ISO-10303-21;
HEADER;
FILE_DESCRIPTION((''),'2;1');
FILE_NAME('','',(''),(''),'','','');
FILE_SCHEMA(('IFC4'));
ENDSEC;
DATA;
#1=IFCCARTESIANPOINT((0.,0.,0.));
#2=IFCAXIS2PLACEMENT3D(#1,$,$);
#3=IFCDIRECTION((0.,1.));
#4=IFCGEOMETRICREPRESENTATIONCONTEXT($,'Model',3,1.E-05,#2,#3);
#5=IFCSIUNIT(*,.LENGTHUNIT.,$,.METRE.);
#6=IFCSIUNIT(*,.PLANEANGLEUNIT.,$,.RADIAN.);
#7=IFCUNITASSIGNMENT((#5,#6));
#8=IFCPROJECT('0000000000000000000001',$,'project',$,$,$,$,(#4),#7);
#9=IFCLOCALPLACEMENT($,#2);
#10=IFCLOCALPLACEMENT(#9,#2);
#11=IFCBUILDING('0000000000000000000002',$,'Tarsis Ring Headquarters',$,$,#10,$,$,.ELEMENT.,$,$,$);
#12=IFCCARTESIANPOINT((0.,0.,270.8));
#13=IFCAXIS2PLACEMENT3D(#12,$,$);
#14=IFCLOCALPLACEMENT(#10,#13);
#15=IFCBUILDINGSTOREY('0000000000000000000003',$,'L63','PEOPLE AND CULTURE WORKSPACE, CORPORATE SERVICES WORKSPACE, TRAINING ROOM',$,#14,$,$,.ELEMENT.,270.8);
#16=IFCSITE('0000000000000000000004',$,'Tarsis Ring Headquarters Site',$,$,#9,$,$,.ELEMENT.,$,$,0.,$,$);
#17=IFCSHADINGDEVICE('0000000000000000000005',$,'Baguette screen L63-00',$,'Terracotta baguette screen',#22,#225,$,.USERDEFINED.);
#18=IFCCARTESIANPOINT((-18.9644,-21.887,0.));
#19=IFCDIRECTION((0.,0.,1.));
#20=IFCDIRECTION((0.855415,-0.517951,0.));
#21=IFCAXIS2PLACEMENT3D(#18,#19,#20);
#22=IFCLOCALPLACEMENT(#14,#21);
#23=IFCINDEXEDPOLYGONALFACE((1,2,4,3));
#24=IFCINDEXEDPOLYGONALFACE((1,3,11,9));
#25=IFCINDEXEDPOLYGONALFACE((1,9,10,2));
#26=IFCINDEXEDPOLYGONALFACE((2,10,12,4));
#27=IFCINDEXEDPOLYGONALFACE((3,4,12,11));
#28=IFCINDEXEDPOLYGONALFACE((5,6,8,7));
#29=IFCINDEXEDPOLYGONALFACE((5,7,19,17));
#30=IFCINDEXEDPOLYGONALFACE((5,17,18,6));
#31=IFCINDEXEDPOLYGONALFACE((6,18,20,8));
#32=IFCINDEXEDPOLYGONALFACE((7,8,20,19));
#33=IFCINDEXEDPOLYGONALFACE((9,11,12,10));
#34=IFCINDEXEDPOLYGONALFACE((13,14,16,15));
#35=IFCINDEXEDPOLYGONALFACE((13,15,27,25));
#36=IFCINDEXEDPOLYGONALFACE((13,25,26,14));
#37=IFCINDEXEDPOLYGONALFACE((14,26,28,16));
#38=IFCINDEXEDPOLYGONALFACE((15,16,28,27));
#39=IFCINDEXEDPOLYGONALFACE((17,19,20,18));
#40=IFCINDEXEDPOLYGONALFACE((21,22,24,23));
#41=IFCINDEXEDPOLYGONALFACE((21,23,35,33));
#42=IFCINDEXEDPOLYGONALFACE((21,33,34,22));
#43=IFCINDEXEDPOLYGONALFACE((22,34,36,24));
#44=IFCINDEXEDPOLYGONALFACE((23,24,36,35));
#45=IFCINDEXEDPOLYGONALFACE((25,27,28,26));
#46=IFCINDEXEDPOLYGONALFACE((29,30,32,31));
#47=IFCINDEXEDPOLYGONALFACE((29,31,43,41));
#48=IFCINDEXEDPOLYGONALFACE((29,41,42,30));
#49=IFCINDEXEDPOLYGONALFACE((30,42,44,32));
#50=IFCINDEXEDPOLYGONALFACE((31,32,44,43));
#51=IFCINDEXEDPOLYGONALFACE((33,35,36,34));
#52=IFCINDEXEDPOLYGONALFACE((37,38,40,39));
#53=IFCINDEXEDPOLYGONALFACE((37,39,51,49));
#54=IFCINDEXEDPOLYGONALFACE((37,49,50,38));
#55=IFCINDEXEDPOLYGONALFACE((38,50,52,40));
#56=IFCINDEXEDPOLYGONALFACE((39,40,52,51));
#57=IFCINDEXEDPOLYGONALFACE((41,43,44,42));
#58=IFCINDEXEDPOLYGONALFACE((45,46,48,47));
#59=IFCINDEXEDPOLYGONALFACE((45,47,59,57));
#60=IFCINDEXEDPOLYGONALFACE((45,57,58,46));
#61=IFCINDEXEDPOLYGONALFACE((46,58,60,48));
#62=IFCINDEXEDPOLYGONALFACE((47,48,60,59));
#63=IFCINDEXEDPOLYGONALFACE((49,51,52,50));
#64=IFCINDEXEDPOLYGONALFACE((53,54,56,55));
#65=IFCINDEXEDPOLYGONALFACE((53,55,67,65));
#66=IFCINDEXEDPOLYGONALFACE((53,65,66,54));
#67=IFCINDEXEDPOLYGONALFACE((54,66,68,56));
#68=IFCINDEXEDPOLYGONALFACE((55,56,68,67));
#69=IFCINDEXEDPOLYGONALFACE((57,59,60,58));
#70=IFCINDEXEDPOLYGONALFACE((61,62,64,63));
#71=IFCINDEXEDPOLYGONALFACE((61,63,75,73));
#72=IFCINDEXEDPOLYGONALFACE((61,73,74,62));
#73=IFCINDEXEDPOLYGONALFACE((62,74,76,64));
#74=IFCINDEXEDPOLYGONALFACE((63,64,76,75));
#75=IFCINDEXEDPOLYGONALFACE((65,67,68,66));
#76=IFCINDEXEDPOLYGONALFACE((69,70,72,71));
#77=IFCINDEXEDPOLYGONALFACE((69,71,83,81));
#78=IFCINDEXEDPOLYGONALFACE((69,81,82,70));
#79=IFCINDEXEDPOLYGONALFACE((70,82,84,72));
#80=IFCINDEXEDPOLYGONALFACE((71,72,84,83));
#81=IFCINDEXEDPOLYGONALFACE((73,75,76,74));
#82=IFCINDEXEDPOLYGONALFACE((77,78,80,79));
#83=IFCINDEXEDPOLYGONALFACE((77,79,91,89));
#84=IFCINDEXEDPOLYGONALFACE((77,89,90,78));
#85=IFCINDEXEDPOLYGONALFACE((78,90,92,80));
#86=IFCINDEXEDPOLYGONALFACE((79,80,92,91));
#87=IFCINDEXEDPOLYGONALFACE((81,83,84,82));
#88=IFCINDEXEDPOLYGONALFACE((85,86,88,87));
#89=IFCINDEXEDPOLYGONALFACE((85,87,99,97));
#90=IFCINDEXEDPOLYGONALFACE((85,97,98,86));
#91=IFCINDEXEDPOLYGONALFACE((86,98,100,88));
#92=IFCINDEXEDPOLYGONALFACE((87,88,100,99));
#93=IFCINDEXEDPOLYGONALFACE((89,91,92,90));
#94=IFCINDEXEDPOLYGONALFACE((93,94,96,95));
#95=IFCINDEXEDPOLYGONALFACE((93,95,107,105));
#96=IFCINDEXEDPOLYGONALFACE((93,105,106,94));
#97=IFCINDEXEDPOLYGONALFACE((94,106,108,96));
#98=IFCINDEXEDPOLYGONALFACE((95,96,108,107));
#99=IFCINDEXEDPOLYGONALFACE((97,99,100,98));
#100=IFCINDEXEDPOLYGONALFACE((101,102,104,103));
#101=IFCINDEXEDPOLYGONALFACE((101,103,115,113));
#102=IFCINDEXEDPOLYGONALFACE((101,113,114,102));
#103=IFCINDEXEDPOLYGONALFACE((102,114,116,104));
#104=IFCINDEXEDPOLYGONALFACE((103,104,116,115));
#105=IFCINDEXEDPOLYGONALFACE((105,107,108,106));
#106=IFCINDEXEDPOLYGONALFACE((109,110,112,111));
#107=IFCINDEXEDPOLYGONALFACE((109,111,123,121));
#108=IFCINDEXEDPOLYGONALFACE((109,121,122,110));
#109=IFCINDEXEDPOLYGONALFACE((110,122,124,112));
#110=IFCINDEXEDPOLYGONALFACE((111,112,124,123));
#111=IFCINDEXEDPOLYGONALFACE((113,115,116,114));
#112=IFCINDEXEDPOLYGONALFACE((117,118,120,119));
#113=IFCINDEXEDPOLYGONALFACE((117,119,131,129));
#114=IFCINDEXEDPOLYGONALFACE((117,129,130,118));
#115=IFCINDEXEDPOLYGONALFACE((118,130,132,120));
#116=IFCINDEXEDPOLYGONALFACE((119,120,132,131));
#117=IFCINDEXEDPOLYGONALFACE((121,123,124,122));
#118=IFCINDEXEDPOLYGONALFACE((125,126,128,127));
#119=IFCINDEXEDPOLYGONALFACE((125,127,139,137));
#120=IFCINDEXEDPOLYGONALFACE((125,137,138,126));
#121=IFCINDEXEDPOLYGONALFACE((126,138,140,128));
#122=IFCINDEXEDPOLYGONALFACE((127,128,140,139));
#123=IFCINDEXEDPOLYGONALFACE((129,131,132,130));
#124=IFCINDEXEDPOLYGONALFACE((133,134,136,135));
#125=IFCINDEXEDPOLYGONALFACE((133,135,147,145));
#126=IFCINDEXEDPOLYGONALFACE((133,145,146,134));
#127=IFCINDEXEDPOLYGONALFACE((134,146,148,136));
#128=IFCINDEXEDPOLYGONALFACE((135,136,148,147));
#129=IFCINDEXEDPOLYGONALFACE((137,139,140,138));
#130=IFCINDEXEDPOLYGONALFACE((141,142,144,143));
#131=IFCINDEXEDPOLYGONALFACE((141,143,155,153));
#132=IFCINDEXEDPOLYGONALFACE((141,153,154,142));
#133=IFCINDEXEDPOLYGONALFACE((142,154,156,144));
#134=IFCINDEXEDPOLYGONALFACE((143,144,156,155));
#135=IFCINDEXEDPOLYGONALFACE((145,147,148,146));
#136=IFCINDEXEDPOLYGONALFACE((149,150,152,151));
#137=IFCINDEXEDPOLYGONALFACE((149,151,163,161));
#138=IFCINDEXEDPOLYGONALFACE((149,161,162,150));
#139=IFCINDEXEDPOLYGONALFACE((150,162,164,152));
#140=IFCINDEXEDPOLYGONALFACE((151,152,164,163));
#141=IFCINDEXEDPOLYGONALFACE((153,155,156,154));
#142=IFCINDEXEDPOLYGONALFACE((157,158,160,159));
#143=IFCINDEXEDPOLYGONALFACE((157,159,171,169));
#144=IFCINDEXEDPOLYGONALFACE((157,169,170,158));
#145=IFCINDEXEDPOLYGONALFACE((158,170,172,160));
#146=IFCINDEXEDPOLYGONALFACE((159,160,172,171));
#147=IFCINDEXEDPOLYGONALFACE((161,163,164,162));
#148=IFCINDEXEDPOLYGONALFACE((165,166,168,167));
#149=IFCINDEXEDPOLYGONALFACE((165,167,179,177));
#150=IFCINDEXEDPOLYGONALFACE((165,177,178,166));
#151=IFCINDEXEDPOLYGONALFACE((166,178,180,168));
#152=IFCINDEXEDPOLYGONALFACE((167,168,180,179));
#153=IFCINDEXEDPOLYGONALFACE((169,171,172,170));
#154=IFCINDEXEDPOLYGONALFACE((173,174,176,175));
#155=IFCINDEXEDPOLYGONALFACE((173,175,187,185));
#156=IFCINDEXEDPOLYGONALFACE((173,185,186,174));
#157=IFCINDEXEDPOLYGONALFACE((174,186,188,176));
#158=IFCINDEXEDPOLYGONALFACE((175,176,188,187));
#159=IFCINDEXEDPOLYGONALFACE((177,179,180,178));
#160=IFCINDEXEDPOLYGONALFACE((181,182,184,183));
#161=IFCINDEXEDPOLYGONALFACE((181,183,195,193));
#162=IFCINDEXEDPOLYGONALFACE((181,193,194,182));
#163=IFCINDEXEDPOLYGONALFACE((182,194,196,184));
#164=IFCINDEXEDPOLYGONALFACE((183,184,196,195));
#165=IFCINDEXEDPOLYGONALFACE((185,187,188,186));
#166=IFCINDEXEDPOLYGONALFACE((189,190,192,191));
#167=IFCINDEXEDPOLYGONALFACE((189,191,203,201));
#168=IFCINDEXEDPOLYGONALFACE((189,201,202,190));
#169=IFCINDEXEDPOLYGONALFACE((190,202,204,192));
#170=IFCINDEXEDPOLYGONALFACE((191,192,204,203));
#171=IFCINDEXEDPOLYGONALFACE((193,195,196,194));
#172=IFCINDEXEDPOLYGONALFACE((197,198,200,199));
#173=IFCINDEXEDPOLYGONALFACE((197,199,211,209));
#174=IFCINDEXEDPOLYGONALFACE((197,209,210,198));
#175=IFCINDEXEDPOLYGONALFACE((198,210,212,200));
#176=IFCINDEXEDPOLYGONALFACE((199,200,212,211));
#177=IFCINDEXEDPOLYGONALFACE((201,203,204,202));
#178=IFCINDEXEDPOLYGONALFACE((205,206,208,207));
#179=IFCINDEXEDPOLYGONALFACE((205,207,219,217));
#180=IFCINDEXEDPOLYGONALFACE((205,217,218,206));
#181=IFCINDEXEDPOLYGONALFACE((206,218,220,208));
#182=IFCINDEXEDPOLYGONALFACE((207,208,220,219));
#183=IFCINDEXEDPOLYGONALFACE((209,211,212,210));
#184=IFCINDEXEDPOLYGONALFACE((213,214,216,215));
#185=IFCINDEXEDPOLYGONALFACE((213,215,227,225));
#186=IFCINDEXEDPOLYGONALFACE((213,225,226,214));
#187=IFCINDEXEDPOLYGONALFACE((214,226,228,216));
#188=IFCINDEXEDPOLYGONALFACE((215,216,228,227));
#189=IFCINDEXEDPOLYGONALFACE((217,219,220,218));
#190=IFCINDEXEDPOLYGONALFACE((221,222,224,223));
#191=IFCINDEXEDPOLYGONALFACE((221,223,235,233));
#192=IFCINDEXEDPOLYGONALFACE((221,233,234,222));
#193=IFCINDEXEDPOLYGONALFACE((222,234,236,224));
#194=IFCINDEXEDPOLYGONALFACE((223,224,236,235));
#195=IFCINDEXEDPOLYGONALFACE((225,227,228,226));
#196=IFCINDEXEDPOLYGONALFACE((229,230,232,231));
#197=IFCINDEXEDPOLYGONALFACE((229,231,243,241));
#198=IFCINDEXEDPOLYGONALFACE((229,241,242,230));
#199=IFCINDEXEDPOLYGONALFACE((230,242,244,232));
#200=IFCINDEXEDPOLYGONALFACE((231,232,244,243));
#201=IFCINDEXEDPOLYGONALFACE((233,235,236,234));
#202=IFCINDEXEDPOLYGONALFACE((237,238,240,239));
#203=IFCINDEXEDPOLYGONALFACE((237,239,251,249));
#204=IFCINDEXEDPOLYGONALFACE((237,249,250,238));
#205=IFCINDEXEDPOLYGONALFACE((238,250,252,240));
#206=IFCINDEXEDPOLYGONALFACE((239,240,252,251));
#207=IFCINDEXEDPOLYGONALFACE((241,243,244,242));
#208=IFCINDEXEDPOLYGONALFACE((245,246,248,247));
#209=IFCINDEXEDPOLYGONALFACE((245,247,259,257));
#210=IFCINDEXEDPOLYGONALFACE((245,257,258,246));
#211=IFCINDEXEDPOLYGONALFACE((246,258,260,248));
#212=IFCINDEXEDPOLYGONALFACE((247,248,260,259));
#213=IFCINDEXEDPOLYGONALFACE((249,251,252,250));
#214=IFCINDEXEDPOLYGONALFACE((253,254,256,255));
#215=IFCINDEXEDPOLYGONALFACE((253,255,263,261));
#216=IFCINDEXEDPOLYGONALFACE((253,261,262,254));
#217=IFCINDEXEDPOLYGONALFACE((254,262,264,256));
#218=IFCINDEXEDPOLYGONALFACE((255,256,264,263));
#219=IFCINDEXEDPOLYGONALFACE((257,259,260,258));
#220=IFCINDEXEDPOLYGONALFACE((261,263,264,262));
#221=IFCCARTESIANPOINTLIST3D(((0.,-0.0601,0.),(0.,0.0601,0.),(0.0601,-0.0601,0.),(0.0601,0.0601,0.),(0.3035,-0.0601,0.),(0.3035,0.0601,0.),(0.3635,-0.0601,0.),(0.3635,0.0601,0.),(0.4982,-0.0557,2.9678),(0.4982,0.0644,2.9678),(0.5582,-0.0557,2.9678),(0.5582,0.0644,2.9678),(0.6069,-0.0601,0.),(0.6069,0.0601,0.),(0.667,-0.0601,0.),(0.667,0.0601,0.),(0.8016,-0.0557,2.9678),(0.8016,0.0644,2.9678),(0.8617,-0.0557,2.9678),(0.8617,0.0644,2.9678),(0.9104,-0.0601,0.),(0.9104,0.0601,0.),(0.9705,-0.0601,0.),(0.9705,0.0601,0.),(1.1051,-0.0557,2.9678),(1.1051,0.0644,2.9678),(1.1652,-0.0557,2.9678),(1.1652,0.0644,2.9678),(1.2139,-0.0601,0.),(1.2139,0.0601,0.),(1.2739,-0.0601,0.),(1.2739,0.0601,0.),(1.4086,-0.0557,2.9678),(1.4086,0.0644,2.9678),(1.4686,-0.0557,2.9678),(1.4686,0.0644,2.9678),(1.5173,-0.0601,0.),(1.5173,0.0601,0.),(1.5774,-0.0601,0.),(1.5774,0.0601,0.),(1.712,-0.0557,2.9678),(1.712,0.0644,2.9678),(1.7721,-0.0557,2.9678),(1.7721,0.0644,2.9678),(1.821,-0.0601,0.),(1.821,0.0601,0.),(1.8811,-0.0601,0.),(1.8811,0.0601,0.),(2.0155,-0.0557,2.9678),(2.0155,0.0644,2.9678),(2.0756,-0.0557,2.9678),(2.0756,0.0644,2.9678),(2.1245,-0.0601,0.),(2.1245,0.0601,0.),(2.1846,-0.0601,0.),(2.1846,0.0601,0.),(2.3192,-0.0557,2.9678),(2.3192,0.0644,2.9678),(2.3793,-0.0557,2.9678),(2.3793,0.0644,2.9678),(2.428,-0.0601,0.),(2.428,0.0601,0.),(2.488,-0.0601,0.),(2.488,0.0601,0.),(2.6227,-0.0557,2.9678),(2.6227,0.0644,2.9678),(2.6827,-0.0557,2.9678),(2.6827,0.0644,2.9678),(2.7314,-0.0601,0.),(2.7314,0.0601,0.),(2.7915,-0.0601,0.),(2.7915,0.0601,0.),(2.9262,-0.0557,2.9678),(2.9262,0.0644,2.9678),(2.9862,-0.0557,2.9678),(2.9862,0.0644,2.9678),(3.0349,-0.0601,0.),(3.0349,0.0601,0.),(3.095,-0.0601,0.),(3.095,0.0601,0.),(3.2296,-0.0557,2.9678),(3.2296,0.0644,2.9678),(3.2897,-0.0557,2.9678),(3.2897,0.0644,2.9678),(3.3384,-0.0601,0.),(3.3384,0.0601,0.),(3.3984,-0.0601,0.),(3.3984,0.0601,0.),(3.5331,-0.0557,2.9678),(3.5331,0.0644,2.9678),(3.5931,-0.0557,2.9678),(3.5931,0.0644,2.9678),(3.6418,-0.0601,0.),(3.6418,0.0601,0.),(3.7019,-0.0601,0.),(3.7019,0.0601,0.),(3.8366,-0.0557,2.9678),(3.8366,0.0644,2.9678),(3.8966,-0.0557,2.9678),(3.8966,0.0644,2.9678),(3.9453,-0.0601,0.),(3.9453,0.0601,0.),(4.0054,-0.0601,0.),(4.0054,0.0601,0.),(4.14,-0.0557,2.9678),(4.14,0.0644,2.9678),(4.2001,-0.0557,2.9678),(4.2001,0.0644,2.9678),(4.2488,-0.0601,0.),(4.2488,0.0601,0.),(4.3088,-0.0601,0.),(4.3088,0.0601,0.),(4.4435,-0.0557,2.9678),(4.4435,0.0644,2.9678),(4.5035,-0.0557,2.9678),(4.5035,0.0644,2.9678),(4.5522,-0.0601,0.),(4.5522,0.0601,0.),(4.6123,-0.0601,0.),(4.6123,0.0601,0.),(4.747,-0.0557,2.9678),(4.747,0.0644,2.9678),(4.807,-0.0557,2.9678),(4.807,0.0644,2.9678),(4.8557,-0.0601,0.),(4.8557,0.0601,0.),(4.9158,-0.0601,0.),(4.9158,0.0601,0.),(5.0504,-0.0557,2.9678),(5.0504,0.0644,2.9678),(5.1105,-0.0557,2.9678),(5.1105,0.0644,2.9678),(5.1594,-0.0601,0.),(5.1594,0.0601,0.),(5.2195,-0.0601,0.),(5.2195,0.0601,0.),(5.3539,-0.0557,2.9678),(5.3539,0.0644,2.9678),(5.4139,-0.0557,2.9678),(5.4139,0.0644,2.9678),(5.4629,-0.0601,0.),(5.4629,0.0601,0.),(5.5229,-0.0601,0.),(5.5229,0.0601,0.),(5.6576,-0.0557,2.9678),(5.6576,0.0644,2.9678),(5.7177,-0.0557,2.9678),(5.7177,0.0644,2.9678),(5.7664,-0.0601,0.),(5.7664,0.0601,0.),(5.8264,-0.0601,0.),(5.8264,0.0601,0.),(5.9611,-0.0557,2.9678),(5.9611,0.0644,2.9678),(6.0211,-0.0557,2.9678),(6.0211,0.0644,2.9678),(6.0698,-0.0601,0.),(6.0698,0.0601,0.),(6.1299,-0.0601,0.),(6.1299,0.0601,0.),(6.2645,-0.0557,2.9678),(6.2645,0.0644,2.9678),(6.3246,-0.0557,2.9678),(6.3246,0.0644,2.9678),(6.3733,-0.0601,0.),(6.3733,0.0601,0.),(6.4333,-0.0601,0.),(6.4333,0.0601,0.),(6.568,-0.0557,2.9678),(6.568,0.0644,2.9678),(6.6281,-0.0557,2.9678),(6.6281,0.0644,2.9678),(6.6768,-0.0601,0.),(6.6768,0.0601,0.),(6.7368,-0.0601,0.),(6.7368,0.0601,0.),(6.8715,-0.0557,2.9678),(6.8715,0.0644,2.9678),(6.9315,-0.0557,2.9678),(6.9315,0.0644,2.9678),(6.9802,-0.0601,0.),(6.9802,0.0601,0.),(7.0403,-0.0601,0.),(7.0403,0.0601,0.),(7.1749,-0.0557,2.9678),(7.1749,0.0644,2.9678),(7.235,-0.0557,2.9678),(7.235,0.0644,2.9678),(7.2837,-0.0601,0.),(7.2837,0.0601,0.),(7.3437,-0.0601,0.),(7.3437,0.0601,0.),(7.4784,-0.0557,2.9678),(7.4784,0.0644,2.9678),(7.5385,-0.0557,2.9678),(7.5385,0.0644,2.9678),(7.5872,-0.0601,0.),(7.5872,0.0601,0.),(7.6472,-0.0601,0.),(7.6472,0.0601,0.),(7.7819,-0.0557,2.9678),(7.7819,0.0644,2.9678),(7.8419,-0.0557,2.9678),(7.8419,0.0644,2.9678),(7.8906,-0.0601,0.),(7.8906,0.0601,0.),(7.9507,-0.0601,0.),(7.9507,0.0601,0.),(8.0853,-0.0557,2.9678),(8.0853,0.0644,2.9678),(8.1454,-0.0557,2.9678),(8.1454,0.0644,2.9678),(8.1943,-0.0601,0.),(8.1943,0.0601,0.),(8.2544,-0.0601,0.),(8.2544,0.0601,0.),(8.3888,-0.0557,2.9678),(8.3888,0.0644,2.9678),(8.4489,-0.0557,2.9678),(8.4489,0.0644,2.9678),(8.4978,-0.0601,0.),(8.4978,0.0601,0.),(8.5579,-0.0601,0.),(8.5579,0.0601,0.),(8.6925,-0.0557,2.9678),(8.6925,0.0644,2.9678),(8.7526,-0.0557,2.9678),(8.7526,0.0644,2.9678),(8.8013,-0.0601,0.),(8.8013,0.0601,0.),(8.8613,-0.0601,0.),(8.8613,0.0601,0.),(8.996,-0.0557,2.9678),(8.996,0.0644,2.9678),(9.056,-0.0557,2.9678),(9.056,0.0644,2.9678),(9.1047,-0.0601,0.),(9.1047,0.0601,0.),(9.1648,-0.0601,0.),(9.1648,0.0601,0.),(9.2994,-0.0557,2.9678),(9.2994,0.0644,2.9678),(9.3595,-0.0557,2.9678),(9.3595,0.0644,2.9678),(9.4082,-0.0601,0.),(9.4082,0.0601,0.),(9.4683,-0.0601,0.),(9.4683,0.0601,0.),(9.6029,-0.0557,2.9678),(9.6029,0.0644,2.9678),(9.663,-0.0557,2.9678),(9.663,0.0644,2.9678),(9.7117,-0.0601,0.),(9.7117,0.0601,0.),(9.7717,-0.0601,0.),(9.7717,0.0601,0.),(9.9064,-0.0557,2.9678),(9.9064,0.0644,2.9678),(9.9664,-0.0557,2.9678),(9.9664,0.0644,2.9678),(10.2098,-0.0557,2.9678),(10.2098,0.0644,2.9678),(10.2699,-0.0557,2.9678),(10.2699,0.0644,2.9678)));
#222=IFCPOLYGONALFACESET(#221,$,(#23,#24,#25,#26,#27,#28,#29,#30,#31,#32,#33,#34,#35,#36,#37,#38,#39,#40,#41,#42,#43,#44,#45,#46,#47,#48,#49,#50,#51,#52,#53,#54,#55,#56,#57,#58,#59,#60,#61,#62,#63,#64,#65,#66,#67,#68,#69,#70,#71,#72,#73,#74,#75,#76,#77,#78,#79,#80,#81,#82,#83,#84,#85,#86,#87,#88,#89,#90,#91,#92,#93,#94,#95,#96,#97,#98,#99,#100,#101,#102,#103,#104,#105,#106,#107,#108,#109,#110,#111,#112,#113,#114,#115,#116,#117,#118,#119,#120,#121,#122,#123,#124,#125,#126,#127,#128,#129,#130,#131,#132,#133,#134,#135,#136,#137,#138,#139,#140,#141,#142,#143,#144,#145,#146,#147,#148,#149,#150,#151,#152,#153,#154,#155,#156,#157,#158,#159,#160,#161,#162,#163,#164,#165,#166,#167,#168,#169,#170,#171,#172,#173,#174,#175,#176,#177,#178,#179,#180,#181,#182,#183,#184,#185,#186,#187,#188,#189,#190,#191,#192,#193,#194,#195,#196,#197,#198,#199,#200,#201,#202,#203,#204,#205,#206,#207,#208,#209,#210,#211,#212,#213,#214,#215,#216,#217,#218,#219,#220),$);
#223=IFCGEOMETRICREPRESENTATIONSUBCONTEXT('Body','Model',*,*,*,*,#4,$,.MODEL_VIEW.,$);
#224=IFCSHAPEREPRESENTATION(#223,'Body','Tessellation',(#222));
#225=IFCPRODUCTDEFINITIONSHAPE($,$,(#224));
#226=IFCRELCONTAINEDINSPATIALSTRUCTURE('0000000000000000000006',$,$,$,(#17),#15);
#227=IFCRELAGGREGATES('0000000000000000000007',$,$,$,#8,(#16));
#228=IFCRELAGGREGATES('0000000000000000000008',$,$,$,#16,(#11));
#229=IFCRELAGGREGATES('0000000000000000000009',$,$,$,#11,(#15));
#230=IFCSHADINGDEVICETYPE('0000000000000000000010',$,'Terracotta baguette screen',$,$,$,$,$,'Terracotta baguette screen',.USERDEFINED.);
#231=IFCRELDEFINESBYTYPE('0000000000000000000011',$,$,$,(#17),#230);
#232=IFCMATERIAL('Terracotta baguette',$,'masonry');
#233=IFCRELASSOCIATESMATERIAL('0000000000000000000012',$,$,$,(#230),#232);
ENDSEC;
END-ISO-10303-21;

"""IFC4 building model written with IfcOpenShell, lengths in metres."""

from ifc_helpers import new_model, si_unit, direction, frame, frame_2d, origin, place, context, subcontext, project, spatial, rectangle, composite_profile, extrude, material, type_object, element, save


model = new_model("IFC4")

# Units and contexts
model_context = context("Model", 3, precision=1e-05, world=origin(), true_north=direction((0.0, 1.0)))
body_context = subcontext(model_context, "Body", "Model", "MODEL_VIEW")
ifc_project = project(units=[si_unit("LENGTHUNIT", "METRE"), si_unit("PLANEANGLEUNIT", "RADIAN")], contexts=[model_context])

# Site, building, storey
site_placement = place(None, origin())
site = spatial("IfcSite", under=ifc_project, at=site_placement, Name="Tarsis Ring Headquarters Site", CompositionType="ELEMENT", RefElevation=0.0)
building_placement = place(site_placement, origin())
building = spatial("IfcBuilding", under=site, at=building_placement, Name="Tarsis Ring Headquarters", CompositionType="ELEMENT")
storey_placement = place(building_placement, frame((0.0, 0.0, 270.8)))
storey = spatial("IfcBuildingStorey", under=building, at=storey_placement, Name="L63", Description="PEOPLE AND CULTURE WORKSPACE, CORPORATE SERVICES WORKSPACE, TRAINING ROOM", CompositionType="ELEMENT", Elevation=270.8)

# Shading device
ifc_material_1 = material(Name="Terracotta baguette", Category="masonry")
shading_device_type = type_object("IfcShadingDeviceType", Name="Terracotta baguette screen", ElementType="Terracotta baguette screen", PredefinedType="USERDEFINED", material=ifc_material_1)
shading_device_placement = place(storey_placement, frame((-18.9644, -21.887, 0.0), z_axis=(0.0, 0.0, 1.0), x_axis=(0.855415, -0.517951, 0.0)))
element("IfcShadingDevice", 1, at=shading_device_placement, inside=storey, type_object=shading_device_type, Name="Baguette screen L63-00", ObjectType="Terracotta baguette screen", PredefinedType="USERDEFINED", context=body_context, shape_type="SweptSolid", body=[
    extrude(composite_profile([rectangle(XDim=0.0601, YDim=0.1201, at=frame_2d((0.03, 0.0))), rectangle(XDim=0.0601, YDim=0.1201, at=frame_2d((0.3335, 0.0))), rectangle(XDim=0.0601, YDim=0.1201, at=frame_2d((0.637, 0.0))), rectangle(XDim=0.0601, YDim=0.1201, at=frame_2d((0.9404, 0.0))), rectangle(XDim=0.0601, YDim=0.1201, at=frame_2d((1.2439, 0.0))), rectangle(XDim=0.0601, YDim=0.1201, at=frame_2d((1.5474, 0.0))), rectangle(XDim=0.0601, YDim=0.1201, at=frame_2d((1.8511, 0.0))), rectangle(XDim=0.0601, YDim=0.1201, at=frame_2d((2.1545, 0.0))), rectangle(XDim=0.0601, YDim=0.1201, at=frame_2d((2.458, 0.0))), rectangle(XDim=0.0601, YDim=0.1201, at=frame_2d((2.7615, 0.0))), rectangle(XDim=0.0601, YDim=0.1201, at=frame_2d((3.0649, 0.0))), rectangle(XDim=0.0601, YDim=0.1201, at=frame_2d((3.3684, 0.0))), rectangle(XDim=0.0601, YDim=0.1201, at=frame_2d((3.6719, 0.0))), rectangle(XDim=0.0601, YDim=0.1201, at=frame_2d((3.9753, 0.0))), rectangle(XDim=0.0601, YDim=0.1201, at=frame_2d((4.2788, 0.0))), rectangle(XDim=0.0601, YDim=0.1201, at=frame_2d((4.5823, 0.0))), rectangle(XDim=0.0601, YDim=0.1201, at=frame_2d((4.8857, 0.0))), rectangle(XDim=0.0601, YDim=0.1201, at=frame_2d((5.1895, 0.0))), rectangle(XDim=0.0601, YDim=0.1201, at=frame_2d((5.4929, 0.0))), rectangle(XDim=0.0601, YDim=0.1201, at=frame_2d((5.7964, 0.0))), rectangle(XDim=0.0601, YDim=0.1201, at=frame_2d((6.0999, 0.0))), rectangle(XDim=0.0601, YDim=0.1201, at=frame_2d((6.4033, 0.0))), rectangle(XDim=0.0601, YDim=0.1201, at=frame_2d((6.7068, 0.0))), rectangle(XDim=0.0601, YDim=0.1201, at=frame_2d((7.0103, 0.0))), rectangle(XDim=0.0601, YDim=0.1201, at=frame_2d((7.3137, 0.0))), rectangle(XDim=0.0601, YDim=0.1201, at=frame_2d((7.6172, 0.0))), rectangle(XDim=0.0601, YDim=0.1201, at=frame_2d((7.9207, 0.0))), rectangle(XDim=0.0601, YDim=0.1201, at=frame_2d((8.2244, 0.0))), rectangle(XDim=0.0601, YDim=0.1201, at=frame_2d((8.5278, 0.0))), rectangle(XDim=0.0601, YDim=0.1201, at=frame_2d((8.8313, 0.0))), rectangle(XDim=0.0601, YDim=0.1201, at=frame_2d((9.1348, 0.0))), rectangle(XDim=0.0601, YDim=0.1201, at=frame_2d((9.4382, 0.0))), rectangle(XDim=0.0601, YDim=0.1201, at=frame_2d((9.7417, 0.0)))]), origin(), (0.165547, 0.001444, 0.986201), 3.0093),
])

save(model, "model.ifc")
